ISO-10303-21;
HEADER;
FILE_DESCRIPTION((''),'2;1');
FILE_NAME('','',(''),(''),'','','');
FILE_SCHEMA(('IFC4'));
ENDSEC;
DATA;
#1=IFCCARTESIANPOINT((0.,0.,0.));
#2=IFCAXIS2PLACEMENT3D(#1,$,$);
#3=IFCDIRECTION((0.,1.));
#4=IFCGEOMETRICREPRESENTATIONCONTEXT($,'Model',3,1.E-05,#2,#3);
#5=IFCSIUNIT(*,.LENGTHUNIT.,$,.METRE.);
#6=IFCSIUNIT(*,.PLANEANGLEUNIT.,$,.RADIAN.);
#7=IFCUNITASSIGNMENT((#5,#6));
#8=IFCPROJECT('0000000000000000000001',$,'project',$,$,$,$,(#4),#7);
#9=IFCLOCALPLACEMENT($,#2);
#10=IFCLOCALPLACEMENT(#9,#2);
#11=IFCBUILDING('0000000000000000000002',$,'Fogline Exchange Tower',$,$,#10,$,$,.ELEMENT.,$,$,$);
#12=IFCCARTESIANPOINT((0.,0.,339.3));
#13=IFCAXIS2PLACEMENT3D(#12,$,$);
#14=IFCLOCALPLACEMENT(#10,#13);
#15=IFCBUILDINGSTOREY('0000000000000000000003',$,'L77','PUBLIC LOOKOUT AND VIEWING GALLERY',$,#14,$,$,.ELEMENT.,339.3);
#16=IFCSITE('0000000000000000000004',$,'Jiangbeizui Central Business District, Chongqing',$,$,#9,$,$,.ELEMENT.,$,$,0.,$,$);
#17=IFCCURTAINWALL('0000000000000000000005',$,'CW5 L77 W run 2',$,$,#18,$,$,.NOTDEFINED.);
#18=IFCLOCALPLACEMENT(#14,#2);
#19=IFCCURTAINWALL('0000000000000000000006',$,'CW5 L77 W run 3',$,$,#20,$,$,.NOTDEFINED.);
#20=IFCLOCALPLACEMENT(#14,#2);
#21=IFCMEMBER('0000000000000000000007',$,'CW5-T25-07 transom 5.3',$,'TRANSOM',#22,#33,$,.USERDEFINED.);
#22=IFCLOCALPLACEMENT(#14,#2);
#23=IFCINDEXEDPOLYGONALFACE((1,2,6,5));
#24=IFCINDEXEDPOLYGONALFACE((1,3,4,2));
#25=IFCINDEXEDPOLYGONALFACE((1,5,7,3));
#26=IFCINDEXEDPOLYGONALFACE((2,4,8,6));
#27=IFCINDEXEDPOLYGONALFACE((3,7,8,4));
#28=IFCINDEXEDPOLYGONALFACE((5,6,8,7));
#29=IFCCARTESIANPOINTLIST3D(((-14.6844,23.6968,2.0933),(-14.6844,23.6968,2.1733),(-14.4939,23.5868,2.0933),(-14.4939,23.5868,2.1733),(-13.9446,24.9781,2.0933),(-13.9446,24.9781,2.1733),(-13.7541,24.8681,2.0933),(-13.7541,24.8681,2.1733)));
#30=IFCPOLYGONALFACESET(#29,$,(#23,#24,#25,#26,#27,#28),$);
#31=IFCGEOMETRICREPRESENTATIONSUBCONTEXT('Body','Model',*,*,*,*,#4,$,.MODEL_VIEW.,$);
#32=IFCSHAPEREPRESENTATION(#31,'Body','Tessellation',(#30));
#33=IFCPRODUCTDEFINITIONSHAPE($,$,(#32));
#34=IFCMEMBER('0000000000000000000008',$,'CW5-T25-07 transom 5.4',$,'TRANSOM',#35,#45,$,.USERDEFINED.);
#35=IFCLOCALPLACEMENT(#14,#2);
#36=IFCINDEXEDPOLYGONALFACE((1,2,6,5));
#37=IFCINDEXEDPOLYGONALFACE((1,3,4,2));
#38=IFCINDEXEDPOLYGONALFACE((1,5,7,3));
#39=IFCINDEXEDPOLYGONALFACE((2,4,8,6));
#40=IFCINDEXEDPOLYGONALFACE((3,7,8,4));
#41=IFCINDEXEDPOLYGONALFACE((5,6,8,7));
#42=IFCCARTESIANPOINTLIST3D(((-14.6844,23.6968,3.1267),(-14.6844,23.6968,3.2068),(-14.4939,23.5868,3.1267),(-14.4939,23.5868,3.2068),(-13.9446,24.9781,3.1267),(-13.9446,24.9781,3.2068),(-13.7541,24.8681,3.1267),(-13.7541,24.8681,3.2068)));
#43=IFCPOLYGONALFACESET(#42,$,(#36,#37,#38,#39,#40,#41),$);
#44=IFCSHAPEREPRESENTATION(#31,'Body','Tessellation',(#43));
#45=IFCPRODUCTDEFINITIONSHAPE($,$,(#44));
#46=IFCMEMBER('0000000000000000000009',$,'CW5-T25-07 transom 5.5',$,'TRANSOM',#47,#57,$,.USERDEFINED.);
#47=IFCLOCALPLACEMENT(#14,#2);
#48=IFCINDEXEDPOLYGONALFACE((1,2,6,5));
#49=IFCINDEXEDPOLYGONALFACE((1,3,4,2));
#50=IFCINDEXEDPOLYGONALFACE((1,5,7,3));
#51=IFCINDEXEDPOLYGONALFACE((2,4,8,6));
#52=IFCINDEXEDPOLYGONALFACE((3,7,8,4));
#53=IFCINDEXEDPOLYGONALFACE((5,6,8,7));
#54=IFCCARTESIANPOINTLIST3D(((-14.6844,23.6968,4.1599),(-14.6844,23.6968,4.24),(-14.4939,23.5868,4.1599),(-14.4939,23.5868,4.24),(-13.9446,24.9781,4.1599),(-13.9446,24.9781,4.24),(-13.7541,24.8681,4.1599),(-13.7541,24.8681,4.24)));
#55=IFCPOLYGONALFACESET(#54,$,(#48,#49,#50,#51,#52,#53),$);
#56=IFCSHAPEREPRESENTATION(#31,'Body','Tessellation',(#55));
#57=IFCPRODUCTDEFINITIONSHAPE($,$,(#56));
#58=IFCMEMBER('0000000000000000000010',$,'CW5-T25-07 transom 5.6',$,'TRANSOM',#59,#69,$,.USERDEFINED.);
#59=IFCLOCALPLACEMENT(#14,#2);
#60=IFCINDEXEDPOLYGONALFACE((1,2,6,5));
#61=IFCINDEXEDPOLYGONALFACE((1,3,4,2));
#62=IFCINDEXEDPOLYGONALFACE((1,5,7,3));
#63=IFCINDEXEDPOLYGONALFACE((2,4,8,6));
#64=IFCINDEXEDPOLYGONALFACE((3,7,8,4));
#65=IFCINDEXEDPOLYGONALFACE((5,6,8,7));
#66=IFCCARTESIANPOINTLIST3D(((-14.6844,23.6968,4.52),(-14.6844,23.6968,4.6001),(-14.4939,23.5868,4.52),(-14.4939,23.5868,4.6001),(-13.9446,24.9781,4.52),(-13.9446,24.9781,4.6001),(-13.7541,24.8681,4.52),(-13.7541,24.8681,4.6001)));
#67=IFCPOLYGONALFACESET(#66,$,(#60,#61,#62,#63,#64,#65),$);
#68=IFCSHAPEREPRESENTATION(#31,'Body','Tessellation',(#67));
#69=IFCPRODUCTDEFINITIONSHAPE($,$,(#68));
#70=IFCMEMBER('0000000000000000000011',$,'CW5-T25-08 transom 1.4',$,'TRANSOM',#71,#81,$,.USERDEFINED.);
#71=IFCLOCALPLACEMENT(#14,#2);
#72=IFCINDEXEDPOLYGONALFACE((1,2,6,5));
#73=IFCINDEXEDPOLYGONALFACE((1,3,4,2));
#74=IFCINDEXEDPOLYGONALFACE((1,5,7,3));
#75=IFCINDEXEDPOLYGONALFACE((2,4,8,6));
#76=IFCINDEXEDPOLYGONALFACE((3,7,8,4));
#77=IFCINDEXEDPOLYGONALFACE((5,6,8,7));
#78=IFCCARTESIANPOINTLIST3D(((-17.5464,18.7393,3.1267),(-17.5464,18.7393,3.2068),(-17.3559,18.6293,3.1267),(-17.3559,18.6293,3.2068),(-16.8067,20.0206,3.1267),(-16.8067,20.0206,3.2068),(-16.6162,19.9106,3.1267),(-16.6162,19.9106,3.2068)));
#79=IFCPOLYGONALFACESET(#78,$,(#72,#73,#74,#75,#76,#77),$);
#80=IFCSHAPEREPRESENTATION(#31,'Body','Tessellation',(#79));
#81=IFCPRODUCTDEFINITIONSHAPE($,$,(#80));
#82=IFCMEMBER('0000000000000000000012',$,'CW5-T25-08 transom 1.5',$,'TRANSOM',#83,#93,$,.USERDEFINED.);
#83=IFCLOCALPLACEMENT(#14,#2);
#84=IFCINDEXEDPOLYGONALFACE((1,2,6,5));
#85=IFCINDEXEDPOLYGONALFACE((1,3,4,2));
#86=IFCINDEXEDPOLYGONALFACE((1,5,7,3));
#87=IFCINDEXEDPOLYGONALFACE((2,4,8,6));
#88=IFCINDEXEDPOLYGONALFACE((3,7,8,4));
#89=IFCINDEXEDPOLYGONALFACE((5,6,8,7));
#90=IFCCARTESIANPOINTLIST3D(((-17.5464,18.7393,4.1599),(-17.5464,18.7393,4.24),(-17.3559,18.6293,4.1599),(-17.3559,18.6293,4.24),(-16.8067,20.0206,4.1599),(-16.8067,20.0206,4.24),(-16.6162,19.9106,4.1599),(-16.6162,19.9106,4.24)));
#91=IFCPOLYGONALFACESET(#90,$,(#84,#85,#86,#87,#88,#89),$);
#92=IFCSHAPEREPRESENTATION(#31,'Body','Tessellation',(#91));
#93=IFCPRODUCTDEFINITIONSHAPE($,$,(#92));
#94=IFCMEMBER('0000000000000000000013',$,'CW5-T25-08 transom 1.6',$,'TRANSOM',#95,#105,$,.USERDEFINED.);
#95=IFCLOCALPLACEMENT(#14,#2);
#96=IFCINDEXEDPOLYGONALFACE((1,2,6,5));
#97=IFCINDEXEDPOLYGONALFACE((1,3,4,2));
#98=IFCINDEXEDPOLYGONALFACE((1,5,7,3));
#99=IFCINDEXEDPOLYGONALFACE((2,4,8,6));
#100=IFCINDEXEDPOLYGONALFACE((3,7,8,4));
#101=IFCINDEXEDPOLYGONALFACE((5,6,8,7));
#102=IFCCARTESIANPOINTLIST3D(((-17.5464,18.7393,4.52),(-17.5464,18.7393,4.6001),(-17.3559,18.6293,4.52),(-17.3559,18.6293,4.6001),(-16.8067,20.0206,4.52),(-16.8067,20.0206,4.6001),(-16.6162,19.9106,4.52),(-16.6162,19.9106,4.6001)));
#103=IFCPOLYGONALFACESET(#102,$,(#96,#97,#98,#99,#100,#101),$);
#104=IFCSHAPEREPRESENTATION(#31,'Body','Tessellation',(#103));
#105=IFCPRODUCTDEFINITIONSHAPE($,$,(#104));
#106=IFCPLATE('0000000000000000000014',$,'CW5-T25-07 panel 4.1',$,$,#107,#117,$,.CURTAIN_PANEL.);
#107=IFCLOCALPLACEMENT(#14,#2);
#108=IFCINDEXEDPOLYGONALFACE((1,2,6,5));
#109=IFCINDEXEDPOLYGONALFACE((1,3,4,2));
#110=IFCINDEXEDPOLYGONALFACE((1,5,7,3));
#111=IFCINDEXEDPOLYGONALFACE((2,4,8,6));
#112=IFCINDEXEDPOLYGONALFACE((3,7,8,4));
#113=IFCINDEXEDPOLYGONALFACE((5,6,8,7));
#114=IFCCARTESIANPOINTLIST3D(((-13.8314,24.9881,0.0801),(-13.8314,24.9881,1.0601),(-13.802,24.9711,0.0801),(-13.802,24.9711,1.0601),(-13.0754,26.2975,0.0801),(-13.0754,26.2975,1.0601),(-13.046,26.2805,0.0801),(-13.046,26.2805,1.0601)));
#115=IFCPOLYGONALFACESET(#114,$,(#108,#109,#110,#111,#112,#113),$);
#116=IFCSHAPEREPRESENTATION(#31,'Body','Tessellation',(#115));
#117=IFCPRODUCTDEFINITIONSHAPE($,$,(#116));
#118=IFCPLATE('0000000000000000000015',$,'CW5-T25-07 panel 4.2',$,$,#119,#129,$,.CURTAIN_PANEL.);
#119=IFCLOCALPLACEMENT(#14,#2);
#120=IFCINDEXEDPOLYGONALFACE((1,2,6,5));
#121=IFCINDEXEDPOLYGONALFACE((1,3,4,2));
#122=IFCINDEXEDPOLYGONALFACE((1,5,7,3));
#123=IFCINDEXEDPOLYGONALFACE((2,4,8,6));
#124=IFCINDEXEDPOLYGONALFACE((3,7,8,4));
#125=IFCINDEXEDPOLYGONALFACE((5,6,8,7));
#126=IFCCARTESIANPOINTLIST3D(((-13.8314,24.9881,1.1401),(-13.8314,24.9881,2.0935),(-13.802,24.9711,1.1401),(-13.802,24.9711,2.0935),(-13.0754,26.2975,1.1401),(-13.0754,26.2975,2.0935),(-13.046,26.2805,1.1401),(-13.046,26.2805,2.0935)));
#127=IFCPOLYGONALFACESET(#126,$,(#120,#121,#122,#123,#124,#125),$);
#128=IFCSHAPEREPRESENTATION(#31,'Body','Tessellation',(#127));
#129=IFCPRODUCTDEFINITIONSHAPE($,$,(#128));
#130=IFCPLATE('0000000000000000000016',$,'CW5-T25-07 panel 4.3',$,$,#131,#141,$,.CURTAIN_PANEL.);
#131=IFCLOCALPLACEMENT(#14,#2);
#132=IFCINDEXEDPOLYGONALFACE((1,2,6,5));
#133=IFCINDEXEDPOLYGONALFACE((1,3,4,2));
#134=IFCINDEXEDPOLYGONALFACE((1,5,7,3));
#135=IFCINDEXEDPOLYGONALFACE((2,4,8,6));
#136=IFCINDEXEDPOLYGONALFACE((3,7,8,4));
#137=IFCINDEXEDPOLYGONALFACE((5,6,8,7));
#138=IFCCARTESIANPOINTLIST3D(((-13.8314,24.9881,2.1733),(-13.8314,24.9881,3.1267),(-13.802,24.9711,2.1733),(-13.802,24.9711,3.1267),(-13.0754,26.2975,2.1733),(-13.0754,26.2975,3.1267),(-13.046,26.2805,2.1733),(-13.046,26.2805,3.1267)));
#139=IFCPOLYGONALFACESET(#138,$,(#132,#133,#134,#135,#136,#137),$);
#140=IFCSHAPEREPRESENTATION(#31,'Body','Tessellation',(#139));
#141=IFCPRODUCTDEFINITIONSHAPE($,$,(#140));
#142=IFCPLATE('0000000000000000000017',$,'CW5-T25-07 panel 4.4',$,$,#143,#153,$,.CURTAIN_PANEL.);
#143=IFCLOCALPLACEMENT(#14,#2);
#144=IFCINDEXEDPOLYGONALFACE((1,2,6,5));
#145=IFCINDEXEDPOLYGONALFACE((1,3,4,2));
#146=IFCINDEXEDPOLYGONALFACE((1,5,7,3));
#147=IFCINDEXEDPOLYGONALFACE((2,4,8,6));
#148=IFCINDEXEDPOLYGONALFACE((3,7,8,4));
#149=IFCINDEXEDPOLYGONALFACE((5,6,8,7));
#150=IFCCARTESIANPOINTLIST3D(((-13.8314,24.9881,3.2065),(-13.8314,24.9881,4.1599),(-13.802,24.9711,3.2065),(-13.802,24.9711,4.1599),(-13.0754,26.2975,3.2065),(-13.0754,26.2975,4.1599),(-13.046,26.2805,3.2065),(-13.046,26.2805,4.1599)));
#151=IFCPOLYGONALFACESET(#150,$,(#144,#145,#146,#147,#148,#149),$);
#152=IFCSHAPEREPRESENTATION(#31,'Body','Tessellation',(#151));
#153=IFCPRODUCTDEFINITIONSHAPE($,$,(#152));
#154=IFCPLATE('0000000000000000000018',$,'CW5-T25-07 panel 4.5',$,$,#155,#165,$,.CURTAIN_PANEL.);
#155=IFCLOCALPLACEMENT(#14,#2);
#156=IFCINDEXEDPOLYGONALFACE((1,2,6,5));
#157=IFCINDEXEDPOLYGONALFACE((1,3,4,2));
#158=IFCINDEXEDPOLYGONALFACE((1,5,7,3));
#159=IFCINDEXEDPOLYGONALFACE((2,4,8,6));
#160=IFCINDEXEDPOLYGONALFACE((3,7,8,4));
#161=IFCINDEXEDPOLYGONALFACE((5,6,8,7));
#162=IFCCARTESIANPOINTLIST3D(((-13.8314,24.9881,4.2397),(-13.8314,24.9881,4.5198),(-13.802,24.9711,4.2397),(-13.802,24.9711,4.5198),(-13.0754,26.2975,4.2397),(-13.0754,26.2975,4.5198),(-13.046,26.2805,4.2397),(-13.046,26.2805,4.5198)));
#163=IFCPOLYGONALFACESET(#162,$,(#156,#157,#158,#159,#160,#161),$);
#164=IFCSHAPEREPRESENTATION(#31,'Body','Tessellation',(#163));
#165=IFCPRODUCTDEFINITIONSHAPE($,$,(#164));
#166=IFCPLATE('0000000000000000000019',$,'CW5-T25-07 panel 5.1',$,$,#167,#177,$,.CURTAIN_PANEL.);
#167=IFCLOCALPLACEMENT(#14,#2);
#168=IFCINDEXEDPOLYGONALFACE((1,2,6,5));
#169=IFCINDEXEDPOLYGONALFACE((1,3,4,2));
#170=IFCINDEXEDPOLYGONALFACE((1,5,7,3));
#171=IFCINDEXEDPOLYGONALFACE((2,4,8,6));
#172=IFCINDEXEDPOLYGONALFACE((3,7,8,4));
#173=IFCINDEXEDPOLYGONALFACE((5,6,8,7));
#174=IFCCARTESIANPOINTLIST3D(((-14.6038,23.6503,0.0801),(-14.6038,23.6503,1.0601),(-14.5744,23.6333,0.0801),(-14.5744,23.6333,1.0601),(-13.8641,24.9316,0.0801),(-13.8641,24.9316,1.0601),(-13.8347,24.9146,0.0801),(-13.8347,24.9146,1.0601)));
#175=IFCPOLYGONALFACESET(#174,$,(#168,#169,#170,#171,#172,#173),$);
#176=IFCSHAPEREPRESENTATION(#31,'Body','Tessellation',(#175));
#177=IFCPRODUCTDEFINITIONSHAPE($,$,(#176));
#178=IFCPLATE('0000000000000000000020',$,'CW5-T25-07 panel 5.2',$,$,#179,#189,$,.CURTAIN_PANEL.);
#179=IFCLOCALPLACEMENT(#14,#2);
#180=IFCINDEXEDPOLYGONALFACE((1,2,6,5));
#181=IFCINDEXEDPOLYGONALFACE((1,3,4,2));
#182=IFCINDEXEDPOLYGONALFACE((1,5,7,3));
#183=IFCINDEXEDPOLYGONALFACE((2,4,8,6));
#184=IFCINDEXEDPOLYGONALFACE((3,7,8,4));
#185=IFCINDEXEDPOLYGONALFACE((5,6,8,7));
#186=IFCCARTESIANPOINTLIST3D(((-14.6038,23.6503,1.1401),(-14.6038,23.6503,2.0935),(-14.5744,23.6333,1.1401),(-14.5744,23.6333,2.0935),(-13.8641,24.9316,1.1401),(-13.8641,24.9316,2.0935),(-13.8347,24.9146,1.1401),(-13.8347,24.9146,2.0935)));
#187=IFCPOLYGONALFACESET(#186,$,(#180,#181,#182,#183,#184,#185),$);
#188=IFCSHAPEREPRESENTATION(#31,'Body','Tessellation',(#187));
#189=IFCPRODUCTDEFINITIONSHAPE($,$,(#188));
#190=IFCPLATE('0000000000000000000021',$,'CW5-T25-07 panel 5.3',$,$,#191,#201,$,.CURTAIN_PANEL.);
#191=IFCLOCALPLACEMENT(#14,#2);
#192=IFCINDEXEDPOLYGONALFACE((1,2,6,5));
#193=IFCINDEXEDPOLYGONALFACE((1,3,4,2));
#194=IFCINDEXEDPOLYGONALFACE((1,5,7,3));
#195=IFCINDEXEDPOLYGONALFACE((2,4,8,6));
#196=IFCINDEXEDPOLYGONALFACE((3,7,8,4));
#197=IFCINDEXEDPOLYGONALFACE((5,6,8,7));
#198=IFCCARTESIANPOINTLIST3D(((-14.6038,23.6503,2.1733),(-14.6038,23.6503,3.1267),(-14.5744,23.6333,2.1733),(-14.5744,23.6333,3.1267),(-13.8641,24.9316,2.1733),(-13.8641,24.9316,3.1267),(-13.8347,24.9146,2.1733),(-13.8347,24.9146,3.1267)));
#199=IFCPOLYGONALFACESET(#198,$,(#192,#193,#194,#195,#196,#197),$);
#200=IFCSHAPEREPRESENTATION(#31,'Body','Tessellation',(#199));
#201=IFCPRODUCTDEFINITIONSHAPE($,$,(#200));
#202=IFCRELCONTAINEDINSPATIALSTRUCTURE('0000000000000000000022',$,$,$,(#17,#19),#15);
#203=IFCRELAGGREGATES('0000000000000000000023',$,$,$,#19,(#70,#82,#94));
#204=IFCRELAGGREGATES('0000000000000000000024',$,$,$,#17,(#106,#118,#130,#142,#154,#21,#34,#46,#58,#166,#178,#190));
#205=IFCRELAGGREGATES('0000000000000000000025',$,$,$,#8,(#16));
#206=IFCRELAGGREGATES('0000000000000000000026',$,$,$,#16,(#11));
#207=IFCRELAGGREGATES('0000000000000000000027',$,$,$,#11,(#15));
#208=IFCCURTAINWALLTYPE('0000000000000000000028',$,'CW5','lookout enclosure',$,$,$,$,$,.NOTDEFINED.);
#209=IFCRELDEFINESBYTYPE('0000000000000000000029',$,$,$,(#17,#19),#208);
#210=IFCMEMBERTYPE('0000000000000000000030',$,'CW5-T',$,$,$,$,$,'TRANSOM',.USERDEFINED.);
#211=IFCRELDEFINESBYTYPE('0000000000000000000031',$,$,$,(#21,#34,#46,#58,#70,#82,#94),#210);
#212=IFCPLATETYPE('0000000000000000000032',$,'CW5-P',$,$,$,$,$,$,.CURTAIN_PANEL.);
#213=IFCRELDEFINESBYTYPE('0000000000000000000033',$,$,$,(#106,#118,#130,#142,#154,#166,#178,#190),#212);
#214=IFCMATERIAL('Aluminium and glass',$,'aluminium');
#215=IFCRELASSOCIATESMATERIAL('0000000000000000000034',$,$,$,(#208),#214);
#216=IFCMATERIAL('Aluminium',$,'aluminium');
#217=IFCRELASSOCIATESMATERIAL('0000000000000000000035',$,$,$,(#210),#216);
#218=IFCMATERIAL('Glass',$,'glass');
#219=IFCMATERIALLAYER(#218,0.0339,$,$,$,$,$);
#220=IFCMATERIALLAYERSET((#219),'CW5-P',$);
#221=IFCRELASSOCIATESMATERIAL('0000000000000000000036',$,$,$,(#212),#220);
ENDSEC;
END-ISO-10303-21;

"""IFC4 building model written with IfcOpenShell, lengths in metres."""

from ifc_helpers import new_model, si_unit, direction, frame, origin, origin_2d, place, context, subcontext, project, spatial, rectangle, extrude, material, layer, layer_set, material_profile, profile_set, type_object, element, aggregate, save


model = new_model("IFC4")

# Units and contexts
model_context = context("Model", 3, precision=1e-05, world=origin(), true_north=direction((0.0, 1.0)))
body_context = subcontext(model_context, "Body", "Model", "MODEL_VIEW")
ifc_project = project(units=[si_unit("LENGTHUNIT", "METRE"), si_unit("PLANEANGLEUNIT", "RADIAN")], contexts=[model_context])

# Site, building, storey
site_placement = place(None, origin())
site = spatial("IfcSite", under=ifc_project, at=site_placement, Name="Jiangbeizui Central Business District, Chongqing", CompositionType="ELEMENT", RefElevation=0.0)
building_placement = place(site_placement, origin())
building = spatial("IfcBuilding", under=site, at=building_placement, Name="Fogline Exchange Tower", CompositionType="ELEMENT")
storey_placement = place(building_placement, frame((0.0, 0.0, 339.3)))
storey = spatial("IfcBuildingStorey", under=building, at=storey_placement, Name="L77", Description="PUBLIC LOOKOUT AND VIEWING GALLERY", CompositionType="ELEMENT", Elevation=339.3)

# Curtain wall
ifc_material_1 = material(Name="Aluminium and glass", Category="aluminium")
curtain_wall_type = type_object("IfcCurtainWallType", Name="CW5", Description="lookout enclosure", PredefinedType="NOTDEFINED", material=ifc_material_1)
curtain_wall_1_placement = place(storey_placement, origin())
curtain_wall_1 = element("IfcCurtainWall", 1, at=curtain_wall_1_placement, inside=storey, type_object=curtain_wall_type, Name="CW5 L77 W run 2", PredefinedType="NOTDEFINED")
ifc_material_2 = material(Name="Aluminium", Category="aluminium")

# Curtain wall
curtain_wall_2_placement = place(storey_placement, origin())
curtain_wall_2 = element("IfcCurtainWall", 2, at=curtain_wall_2_placement, inside=storey, type_object=curtain_wall_type, Name="CW5 L77 W run 3", PredefinedType="NOTDEFINED")

# Members
ifc_material_profile_1 = material_profile(ifc_material_2, rectangle(XDim=0.22, YDim=0.0801, at=origin_2d()), Name="Transom 80x220")
ifc_profile_set_1 = profile_set([ifc_material_profile_1], Name="Aluminium")
member_type_1 = type_object("IfcMemberType", Name="CW5-T", ElementType="TRANSOM", PredefinedType="USERDEFINED", material=ifc_profile_set_1)
member_1_placement = place(storey_placement, frame((-13.8494, 24.9231, 2.1333), z_axis=(-0.500008, -0.866021, 0.0), x_axis=(0.866021, -0.500008, 0.0)))
member_1 = element("IfcMember", 3, at=member_1_placement, type_object=member_type_1, Name="CW5-T25-07 transom 5.3", ObjectType="TRANSOM", PredefinedType="USERDEFINED", context=body_context, shape_type="SweptSolid", body=[
    extrude(rectangle(XDim=0.22, YDim=0.0801, at=origin_2d()), origin(), (0.0, 0.0, 1.0), 1.4795),
])
member_2_placement = place(storey_placement, frame((-13.8494, 24.9231, 3.1667), z_axis=(-0.500008, -0.866021, 0.0), x_axis=(0.866021, -0.500008, 0.0)))
member_2 = element("IfcMember", 4, at=member_2_placement, type_object=member_type_1, Name="CW5-T25-07 transom 5.4", ObjectType="TRANSOM", PredefinedType="USERDEFINED", context=body_context, shape_type="SweptSolid", body=[
    extrude(rectangle(XDim=0.22, YDim=0.0801, at=origin_2d()), origin(), (0.0, 0.0, 1.0), 1.4795),
])
member_3_placement = place(storey_placement, frame((-13.8494, 24.9231, 4.2), z_axis=(-0.500008, -0.866021, 0.0), x_axis=(0.866021, -0.500008, 0.0)))
member_3 = element("IfcMember", 5, at=member_3_placement, type_object=member_type_1, Name="CW5-T25-07 transom 5.5", ObjectType="TRANSOM", PredefinedType="USERDEFINED", context=body_context, shape_type="SweptSolid", body=[
    extrude(rectangle(XDim=0.22, YDim=0.0801, at=origin_2d()), origin(), (0.0, 0.0, 1.0), 1.4795),
])
member_4_placement = place(storey_placement, frame((-13.8494, 24.9231, 4.5601), z_axis=(-0.500008, -0.866021, 0.0), x_axis=(0.866021, -0.500008, 0.0)))
member_4 = element("IfcMember", 6, at=member_4_placement, type_object=member_type_1, Name="CW5-T25-07 transom 5.6", ObjectType="TRANSOM", PredefinedType="USERDEFINED", context=body_context, shape_type="SweptSolid", body=[
    extrude(rectangle(XDim=0.22, YDim=0.0801, at=origin_2d()), origin(), (0.0, 0.0, 1.0), 1.4795),
])
member_5_placement = place(storey_placement, frame((-16.7114, 19.9656, 3.1667), z_axis=(-0.500008, -0.866021, 0.0), x_axis=(0.866021, -0.500008, 0.0)))
member_5 = element("IfcMember", 7, at=member_5_placement, type_object=member_type_1, Name="CW5-T25-08 transom 1.4", ObjectType="TRANSOM", PredefinedType="USERDEFINED", context=body_context, shape_type="SweptSolid", body=[
    extrude(rectangle(XDim=0.22, YDim=0.0801, at=origin_2d()), origin(), (0.0, 0.0, 1.0), 1.4795),
])
member_6_placement = place(storey_placement, frame((-16.7114, 19.9656, 4.2), z_axis=(-0.500008, -0.866021, 0.0), x_axis=(0.866021, -0.500008, 0.0)))
member_6 = element("IfcMember", 8, at=member_6_placement, type_object=member_type_1, Name="CW5-T25-08 transom 1.5", ObjectType="TRANSOM", PredefinedType="USERDEFINED", context=body_context, shape_type="SweptSolid", body=[
    extrude(rectangle(XDim=0.22, YDim=0.0801, at=origin_2d()), origin(), (0.0, 0.0, 1.0), 1.4795),
])
member_7_placement = place(storey_placement, frame((-16.7114, 19.9656, 4.5601), z_axis=(-0.500008, -0.866021, 0.0), x_axis=(0.866021, -0.500008, 0.0)))
member_7 = element("IfcMember", 9, at=member_7_placement, type_object=member_type_1, Name="CW5-T25-08 transom 1.6", ObjectType="TRANSOM", PredefinedType="USERDEFINED", context=body_context, shape_type="SweptSolid", body=[
    extrude(rectangle(XDim=0.22, YDim=0.0801, at=origin_2d()), origin(), (0.0, 0.0, 1.0), 1.4795),
])
aggregate(curtain_wall_2, [member_5, member_6, member_7])

# Plates
ifc_material_3 = material(Name="Glass", Category="glass")
ifc_layer_1 = layer(ifc_material_3, 0.0339)
ifc_layer_set_1 = layer_set([ifc_layer_1], Name="CW5-P")
plate_type = type_object("IfcPlateType", Name="CW5-P", PredefinedType="CURTAIN_PANEL", material=ifc_layer_set_1)
plate_1_placement = place(storey_placement, frame((-13.4387, 25.6343, 0.0801), z_axis=(0.0, 0.0, 1.0), x_axis=(-0.5, -0.866025, 0.0)))
plate_1 = element("IfcPlate", 10, at=plate_1_placement, type_object=plate_type, Name="CW5-T25-07 panel 4.1", PredefinedType="CURTAIN_PANEL", context=body_context, shape_type="SweptSolid", body=[
    extrude(rectangle(XDim=1.512, YDim=0.0339, at=origin_2d()), origin(), (0.0, 0.0, 1.0), 0.98),
])
plate_2_placement = place(storey_placement, frame((-13.4387, 25.6343, 1.1401), z_axis=(0.0, 0.0, 1.0), x_axis=(-0.5, -0.866025, 0.0)))
plate_2 = element("IfcPlate", 11, at=plate_2_placement, type_object=plate_type, Name="CW5-T25-07 panel 4.2", PredefinedType="CURTAIN_PANEL", context=body_context, shape_type="SweptSolid", body=[
    extrude(rectangle(XDim=1.512, YDim=0.0339, at=origin_2d()), origin(), (0.0, 0.0, 1.0), 0.9534),
])
plate_3_placement = place(storey_placement, frame((-13.4387, 25.6343, 2.1733), z_axis=(0.0, 0.0, 1.0), x_axis=(-0.5, -0.866025, 0.0)))
plate_3 = element("IfcPlate", 12, at=plate_3_placement, type_object=plate_type, Name="CW5-T25-07 panel 4.3", PredefinedType="CURTAIN_PANEL", context=body_context, shape_type="SweptSolid", body=[
    extrude(rectangle(XDim=1.512, YDim=0.0339, at=origin_2d()), origin(), (0.0, 0.0, 1.0), 0.9534),
])
plate_4_placement = place(storey_placement, frame((-13.4387, 25.6343, 3.2065), z_axis=(0.0, 0.0, 1.0), x_axis=(-0.5, -0.866025, 0.0)))
plate_4 = element("IfcPlate", 13, at=plate_4_placement, type_object=plate_type, Name="CW5-T25-07 panel 4.4", PredefinedType="CURTAIN_PANEL", context=body_context, shape_type="SweptSolid", body=[
    extrude(rectangle(XDim=1.512, YDim=0.0339, at=origin_2d()), origin(), (0.0, 0.0, 1.0), 0.9534),
])
plate_5_placement = place(storey_placement, frame((-13.4387, 25.6343, 4.2397), z_axis=(0.0, 0.0, 1.0), x_axis=(-0.5, -0.866025, 0.0)))
plate_5 = element("IfcPlate", 14, at=plate_5_placement, type_object=plate_type, Name="CW5-T25-07 panel 4.5", PredefinedType="CURTAIN_PANEL", context=body_context, shape_type="SweptSolid", body=[
    extrude(rectangle(XDim=1.512, YDim=0.0339, at=origin_2d()), origin(), (0.0, 0.0, 1.0), 0.28),
])
plate_6_placement = place(storey_placement, frame((-14.2192, 24.2825, 0.0801), z_axis=(0.0, 0.0, 1.0), x_axis=(-0.5, -0.866025, 0.0)))
plate_6 = element("IfcPlate", 15, at=plate_6_placement, type_object=plate_type, Name="CW5-T25-07 panel 5.1", PredefinedType="CURTAIN_PANEL", context=body_context, shape_type="SweptSolid", body=[
    extrude(rectangle(XDim=1.4795, YDim=0.0339, at=origin_2d()), origin(), (0.0, 0.0, 1.0), 0.98),
])
plate_7_placement = place(storey_placement, frame((-14.2192, 24.2825, 1.1401), z_axis=(0.0, 0.0, 1.0), x_axis=(-0.5, -0.866025, 0.0)))
plate_7 = element("IfcPlate", 16, at=plate_7_placement, type_object=plate_type, Name="CW5-T25-07 panel 5.2", PredefinedType="CURTAIN_PANEL", context=body_context, shape_type="SweptSolid", body=[
    extrude(rectangle(XDim=1.4795, YDim=0.0339, at=origin_2d()), origin(), (0.0, 0.0, 1.0), 0.9534),
])
plate_8_placement = place(storey_placement, frame((-14.2192, 24.2825, 2.1733), z_axis=(0.0, 0.0, 1.0), x_axis=(-0.5, -0.866025, 0.0)))
plate_8 = element("IfcPlate", 17, at=plate_8_placement, type_object=plate_type, Name="CW5-T25-07 panel 5.3", PredefinedType="CURTAIN_PANEL", context=body_context, shape_type="SweptSolid", body=[
    extrude(rectangle(XDim=1.4795, YDim=0.0339, at=origin_2d()), origin(), (0.0, 0.0, 1.0), 0.9534),
])
aggregate(curtain_wall_1, [plate_1, plate_2, plate_3, plate_4, plate_5, member_1, member_2, member_3, member_4, plate_6, plate_7, plate_8])

save(model, "model.ifc")
